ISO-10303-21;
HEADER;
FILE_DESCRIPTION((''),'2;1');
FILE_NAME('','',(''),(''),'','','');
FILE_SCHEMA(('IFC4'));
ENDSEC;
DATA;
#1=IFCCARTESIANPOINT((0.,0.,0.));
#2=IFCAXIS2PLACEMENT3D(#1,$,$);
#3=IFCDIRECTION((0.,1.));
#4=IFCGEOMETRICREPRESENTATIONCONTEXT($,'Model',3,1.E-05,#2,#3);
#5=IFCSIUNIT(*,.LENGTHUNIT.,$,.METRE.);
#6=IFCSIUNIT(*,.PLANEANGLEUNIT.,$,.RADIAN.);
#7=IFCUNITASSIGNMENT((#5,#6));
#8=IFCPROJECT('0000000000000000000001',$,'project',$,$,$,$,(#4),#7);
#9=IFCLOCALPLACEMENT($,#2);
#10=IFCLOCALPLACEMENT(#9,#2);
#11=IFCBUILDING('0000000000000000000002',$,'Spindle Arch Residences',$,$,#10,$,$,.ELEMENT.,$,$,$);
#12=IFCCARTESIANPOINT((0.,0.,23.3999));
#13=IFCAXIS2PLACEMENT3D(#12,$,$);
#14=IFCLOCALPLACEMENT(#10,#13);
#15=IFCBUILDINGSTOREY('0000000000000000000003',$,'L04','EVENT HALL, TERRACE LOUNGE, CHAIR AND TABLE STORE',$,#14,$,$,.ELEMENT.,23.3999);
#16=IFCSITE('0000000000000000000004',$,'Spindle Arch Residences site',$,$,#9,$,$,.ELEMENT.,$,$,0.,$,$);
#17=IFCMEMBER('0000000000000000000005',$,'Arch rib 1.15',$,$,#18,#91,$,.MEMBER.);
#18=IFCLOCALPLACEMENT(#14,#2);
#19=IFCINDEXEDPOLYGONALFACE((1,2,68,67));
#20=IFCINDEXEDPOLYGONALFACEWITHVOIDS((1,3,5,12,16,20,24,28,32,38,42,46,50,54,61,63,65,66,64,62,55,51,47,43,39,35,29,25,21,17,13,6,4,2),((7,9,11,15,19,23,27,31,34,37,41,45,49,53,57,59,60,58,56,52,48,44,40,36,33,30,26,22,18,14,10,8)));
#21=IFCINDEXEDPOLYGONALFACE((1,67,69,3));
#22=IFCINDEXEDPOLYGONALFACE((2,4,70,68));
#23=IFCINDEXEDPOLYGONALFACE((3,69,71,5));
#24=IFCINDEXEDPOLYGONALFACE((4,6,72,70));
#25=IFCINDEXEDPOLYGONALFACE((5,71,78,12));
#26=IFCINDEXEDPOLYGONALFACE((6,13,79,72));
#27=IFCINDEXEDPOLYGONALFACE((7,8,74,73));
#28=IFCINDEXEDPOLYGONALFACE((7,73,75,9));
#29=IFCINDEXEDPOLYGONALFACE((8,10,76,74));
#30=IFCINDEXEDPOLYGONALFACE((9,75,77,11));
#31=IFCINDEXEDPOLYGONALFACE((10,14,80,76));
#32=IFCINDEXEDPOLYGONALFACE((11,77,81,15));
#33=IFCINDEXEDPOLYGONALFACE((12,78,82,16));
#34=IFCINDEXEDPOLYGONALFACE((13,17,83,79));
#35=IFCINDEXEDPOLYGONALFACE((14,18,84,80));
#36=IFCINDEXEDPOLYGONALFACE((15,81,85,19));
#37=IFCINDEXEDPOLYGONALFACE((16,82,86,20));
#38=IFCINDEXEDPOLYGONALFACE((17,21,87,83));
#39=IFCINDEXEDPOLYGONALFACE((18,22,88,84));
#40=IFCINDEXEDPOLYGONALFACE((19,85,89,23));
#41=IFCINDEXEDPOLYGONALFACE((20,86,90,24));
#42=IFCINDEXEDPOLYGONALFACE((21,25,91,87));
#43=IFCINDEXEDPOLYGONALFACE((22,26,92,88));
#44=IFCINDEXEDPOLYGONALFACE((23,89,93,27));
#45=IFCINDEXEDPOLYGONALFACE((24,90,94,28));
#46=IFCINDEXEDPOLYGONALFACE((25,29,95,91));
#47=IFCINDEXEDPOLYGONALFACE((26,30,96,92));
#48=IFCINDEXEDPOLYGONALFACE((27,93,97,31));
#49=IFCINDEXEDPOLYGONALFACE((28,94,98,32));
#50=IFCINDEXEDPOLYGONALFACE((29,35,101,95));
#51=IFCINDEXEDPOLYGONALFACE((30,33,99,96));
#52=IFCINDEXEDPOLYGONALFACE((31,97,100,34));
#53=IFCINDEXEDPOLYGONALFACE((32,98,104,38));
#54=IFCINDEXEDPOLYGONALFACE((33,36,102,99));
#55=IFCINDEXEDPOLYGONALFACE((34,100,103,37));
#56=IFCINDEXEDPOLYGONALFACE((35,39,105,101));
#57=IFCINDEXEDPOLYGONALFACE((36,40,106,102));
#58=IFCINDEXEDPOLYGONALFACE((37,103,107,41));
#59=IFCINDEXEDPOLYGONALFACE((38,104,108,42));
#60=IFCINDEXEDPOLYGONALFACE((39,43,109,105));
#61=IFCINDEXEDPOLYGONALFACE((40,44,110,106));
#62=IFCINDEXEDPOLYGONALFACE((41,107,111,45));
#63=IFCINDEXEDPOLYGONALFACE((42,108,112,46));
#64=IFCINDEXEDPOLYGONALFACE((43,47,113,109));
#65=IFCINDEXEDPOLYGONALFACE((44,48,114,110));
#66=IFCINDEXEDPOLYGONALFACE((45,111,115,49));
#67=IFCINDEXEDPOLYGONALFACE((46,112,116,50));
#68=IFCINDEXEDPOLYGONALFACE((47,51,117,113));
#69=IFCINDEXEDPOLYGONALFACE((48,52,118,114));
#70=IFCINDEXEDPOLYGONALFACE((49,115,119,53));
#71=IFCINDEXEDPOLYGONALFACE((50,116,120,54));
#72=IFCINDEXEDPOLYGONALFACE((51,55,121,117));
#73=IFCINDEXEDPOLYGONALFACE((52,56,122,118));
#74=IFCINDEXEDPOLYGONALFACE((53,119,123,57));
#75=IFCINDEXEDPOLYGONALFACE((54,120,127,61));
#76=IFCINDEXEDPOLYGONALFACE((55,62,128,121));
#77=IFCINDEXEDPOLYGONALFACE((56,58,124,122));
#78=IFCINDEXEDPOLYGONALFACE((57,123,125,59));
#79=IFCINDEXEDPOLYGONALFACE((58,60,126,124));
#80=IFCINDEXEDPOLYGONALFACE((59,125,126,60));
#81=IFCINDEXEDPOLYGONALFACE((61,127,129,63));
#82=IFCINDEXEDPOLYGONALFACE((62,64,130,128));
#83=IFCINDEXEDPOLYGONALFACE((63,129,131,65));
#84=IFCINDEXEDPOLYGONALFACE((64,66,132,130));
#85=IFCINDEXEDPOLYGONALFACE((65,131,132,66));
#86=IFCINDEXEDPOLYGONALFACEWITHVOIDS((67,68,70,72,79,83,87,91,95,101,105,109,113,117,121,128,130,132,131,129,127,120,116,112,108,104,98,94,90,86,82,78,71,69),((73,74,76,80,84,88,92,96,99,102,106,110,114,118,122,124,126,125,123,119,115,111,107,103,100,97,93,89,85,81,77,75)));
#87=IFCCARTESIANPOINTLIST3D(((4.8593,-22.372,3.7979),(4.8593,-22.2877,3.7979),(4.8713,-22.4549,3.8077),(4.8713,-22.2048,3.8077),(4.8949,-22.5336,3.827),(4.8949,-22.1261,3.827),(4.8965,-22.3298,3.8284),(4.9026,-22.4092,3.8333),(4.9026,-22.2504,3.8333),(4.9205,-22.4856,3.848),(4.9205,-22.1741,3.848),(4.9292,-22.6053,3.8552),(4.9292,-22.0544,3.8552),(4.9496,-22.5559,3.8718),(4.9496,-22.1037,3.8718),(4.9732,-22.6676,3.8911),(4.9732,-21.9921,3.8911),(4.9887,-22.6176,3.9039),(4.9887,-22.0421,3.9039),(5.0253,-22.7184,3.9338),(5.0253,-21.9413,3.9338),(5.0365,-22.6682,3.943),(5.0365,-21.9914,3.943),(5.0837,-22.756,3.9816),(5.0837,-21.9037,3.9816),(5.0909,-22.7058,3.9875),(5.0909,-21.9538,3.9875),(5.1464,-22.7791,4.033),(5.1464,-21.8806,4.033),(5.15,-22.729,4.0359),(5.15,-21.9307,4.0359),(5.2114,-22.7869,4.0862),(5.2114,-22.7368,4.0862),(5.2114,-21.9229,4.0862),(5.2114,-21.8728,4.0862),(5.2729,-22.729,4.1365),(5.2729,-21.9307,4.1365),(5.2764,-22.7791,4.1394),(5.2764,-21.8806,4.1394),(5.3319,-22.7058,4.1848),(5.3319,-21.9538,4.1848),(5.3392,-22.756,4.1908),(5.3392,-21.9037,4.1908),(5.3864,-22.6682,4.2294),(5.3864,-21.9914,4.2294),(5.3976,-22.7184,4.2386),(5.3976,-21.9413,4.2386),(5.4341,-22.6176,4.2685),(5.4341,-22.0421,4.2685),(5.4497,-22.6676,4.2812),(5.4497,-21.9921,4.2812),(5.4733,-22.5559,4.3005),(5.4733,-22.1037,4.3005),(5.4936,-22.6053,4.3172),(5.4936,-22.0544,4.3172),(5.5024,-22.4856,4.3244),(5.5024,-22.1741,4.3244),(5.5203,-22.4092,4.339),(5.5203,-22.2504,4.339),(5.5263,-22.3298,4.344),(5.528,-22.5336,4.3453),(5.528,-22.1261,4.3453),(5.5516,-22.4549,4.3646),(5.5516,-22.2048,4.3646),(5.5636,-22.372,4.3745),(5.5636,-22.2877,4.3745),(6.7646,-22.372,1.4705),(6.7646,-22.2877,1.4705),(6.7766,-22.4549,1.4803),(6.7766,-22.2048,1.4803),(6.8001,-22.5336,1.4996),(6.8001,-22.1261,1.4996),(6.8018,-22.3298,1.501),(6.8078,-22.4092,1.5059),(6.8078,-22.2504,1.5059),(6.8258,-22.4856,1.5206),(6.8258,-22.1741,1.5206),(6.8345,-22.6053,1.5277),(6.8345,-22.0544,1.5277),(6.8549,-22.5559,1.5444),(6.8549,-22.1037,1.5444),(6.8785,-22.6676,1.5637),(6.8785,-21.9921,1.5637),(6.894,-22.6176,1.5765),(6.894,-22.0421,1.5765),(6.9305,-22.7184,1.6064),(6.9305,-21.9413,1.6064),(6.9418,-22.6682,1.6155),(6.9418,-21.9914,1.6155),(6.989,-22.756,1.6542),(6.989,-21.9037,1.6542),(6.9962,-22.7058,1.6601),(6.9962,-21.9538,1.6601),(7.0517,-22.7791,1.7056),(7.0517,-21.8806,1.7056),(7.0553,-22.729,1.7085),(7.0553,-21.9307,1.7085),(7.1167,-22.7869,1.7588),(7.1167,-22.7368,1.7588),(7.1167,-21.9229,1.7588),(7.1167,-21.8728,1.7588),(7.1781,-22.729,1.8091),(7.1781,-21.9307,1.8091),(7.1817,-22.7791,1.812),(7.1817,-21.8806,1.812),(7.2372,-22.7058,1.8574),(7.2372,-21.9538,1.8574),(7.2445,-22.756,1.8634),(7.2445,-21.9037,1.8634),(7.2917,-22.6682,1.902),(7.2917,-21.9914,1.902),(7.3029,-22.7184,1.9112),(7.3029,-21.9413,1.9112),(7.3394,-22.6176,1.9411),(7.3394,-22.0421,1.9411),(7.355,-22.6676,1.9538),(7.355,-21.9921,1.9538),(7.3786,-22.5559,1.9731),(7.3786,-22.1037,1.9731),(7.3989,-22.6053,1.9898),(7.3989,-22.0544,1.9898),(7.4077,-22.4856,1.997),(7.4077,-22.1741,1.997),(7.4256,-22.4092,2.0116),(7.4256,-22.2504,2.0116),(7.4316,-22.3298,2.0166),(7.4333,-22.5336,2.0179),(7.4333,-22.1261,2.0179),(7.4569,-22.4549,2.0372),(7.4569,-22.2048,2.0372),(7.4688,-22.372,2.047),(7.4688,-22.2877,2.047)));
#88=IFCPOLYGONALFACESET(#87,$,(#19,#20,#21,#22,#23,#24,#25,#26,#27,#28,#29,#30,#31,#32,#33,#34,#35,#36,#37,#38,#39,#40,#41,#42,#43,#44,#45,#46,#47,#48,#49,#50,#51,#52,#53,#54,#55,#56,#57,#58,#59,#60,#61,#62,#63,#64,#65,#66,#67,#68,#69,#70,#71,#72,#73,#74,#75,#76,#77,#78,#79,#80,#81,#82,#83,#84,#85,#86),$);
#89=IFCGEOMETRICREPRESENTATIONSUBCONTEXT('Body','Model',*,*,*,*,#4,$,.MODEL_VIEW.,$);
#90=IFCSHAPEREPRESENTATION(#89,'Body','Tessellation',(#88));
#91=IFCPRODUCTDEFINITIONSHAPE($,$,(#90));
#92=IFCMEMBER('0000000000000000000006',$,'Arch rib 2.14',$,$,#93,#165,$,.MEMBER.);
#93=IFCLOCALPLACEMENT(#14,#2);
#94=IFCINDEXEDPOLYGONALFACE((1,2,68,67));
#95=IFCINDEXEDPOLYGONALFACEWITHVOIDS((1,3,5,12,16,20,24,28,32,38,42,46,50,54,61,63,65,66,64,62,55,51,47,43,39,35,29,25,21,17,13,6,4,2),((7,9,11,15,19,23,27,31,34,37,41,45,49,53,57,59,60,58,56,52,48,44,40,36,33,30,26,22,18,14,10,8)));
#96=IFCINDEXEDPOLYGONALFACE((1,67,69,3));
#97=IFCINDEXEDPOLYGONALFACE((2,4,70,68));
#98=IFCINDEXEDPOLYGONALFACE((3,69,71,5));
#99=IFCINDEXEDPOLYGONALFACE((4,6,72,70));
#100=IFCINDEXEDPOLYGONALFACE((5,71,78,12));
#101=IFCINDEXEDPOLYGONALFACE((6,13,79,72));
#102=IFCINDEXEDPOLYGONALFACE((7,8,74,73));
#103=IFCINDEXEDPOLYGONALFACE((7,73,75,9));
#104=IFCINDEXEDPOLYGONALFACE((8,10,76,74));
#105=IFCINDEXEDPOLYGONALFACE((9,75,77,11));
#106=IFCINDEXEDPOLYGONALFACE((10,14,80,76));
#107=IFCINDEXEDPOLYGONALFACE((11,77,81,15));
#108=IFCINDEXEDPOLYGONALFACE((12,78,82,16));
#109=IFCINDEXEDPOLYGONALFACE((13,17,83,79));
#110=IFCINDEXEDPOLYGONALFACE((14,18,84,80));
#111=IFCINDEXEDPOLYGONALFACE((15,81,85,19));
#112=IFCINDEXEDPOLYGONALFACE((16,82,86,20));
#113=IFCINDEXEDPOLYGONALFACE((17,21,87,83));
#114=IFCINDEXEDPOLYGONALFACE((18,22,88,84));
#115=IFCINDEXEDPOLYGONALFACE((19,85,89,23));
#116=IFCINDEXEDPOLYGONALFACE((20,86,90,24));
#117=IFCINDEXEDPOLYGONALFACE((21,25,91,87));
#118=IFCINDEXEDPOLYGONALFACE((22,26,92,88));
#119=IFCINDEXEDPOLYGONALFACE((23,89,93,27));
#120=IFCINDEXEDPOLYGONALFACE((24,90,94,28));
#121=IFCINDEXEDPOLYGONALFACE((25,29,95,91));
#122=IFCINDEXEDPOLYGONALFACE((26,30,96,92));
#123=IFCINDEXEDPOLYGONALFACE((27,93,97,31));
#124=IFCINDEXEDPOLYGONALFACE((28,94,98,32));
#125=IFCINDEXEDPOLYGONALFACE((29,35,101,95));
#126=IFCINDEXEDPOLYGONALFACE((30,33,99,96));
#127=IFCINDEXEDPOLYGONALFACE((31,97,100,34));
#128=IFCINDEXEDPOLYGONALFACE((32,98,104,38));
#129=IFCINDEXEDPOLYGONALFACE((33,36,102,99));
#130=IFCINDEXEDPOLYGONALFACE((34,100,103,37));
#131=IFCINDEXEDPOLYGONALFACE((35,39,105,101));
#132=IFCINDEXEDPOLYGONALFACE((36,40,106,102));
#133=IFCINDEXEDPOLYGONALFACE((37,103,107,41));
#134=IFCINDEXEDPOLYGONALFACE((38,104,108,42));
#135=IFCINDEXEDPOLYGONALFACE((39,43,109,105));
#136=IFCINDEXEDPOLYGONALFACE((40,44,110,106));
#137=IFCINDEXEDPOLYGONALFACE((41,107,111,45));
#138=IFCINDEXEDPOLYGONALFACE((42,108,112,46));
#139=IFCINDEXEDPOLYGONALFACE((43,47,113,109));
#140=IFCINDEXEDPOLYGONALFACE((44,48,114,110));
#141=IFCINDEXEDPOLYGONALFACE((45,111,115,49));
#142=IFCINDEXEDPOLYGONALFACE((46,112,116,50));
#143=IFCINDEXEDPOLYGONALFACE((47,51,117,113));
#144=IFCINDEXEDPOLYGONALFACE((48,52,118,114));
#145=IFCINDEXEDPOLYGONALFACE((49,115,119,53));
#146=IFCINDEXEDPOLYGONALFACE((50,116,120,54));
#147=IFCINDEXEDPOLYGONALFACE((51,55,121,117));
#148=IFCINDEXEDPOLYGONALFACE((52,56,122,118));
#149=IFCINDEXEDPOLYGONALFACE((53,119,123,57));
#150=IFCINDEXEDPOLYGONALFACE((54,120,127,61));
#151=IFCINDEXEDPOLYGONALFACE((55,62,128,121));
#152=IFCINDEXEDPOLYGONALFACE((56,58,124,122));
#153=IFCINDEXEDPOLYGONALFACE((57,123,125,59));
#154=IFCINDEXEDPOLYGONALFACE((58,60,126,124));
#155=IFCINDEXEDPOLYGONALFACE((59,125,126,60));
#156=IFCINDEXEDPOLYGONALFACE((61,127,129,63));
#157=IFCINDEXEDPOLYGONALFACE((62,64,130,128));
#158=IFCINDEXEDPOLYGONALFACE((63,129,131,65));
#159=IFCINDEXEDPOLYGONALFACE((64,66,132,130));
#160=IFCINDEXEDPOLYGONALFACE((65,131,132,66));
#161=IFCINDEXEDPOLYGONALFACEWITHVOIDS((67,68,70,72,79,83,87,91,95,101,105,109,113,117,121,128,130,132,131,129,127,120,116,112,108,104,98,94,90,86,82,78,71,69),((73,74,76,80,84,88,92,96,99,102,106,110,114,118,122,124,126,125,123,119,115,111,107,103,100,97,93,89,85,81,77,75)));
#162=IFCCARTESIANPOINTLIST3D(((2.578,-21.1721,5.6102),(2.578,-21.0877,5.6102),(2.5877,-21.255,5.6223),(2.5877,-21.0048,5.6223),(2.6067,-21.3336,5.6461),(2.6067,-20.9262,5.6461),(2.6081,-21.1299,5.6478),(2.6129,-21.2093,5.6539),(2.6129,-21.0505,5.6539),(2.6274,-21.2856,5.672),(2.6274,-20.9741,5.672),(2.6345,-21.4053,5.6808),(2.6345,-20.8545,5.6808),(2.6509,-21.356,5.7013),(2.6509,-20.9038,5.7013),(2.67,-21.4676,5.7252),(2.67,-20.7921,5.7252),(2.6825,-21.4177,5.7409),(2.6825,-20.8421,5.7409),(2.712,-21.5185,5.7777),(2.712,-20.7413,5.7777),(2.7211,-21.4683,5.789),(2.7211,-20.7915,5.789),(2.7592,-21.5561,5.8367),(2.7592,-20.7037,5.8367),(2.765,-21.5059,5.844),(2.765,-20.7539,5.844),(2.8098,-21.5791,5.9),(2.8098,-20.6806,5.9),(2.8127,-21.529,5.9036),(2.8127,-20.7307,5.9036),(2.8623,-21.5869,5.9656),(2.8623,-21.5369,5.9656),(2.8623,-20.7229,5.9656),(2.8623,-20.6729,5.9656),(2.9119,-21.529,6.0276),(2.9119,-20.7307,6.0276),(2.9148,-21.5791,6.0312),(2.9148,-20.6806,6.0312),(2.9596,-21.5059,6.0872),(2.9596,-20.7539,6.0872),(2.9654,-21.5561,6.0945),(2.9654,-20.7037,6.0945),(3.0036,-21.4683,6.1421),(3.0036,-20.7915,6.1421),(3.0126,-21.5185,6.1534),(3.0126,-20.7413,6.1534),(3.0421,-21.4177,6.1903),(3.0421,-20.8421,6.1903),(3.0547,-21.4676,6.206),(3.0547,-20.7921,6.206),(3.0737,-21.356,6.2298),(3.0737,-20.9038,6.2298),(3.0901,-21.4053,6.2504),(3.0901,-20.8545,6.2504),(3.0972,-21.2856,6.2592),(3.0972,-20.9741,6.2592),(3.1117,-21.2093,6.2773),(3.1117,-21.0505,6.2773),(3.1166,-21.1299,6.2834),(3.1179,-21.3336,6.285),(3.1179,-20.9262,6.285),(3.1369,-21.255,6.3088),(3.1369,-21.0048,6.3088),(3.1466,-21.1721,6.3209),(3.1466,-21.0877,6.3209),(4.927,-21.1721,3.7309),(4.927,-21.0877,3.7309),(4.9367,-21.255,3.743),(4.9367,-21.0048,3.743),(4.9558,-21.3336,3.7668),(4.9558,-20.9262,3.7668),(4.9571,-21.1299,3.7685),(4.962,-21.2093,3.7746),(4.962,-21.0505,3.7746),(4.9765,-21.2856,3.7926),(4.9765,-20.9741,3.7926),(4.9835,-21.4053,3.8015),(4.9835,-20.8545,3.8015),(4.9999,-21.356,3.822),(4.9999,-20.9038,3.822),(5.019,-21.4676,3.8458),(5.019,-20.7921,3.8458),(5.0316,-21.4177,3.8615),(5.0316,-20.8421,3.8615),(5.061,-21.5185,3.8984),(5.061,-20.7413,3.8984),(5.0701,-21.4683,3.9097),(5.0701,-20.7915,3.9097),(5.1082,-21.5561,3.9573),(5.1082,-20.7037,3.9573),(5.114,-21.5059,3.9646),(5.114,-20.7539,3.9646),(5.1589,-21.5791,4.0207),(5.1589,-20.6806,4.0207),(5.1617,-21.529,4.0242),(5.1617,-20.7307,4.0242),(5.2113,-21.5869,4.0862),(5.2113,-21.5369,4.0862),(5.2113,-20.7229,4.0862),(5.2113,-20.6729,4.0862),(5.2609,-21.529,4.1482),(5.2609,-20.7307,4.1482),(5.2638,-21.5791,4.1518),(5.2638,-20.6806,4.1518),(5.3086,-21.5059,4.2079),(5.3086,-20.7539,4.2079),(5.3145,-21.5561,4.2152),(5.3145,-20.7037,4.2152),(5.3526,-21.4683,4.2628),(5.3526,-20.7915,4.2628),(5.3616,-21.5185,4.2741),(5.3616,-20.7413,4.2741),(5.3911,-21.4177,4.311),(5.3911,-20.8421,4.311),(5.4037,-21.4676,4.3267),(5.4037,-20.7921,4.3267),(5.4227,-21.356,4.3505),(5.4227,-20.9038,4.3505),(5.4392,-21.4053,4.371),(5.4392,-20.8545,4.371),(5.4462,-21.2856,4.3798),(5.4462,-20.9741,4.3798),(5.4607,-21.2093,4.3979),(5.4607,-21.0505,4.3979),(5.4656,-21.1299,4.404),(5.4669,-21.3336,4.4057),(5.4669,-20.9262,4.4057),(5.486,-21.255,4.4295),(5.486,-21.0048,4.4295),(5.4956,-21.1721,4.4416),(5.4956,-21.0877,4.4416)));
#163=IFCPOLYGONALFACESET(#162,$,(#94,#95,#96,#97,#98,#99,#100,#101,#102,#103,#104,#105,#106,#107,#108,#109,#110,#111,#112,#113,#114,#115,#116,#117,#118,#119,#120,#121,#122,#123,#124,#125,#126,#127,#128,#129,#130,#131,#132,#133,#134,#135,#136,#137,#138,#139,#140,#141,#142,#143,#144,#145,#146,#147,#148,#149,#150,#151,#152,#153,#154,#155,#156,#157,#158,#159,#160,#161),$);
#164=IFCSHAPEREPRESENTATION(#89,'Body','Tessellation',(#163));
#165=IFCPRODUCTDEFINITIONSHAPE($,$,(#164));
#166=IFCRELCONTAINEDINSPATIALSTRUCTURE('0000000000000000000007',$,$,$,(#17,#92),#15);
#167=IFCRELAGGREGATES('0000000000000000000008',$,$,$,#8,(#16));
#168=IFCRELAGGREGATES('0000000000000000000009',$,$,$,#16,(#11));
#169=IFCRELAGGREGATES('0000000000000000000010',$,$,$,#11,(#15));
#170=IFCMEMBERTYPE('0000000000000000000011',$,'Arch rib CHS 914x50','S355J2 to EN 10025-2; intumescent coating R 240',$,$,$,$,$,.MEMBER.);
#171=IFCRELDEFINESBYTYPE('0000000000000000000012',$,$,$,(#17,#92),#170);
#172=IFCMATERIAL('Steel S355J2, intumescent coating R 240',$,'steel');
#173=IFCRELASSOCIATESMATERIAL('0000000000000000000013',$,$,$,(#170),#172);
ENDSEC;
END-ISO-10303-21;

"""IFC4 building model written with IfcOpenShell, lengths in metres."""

from ifc_helpers import new_model, si_unit, direction, frame, origin, origin_2d, place, context, subcontext, project, spatial, hollow_circle, extrude, material, material_profile, profile_set, type_object, element, save


model = new_model("IFC4")

# Units and contexts
model_context = context("Model", 3, precision=1e-05, world=origin(), true_north=direction((0.0, 1.0)))
body_context = subcontext(model_context, "Body", "Model", "MODEL_VIEW")
ifc_project = project(units=[si_unit("LENGTHUNIT", "METRE"), si_unit("PLANEANGLEUNIT", "RADIAN")], contexts=[model_context])

# Site, building, storey
site_placement = place(None, origin())
site = spatial("IfcSite", under=ifc_project, at=site_placement, Name="Spindle Arch Residences site", CompositionType="ELEMENT", RefElevation=0.0)
building_placement = place(site_placement, origin())
building = spatial("IfcBuilding", under=site, at=building_placement, Name="Spindle Arch Residences", CompositionType="ELEMENT")
storey_placement = place(building_placement, frame((0.0, 0.0, 23.3999)))
storey = spatial("IfcBuildingStorey", under=building, at=storey_placement, Name="L04", Description="EVENT HALL, TERRACE LOUNGE, CHAIR AND TABLE STORE", CompositionType="ELEMENT", Elevation=23.3999)

# Members
ifc_material_1 = material(Name="Steel S355J2, intumescent coating R 240", Category="steel")
ifc_material_profile_1 = material_profile(ifc_material_1, hollow_circle(Radius=0.457, WallThickness=0.05, at=origin_2d()), Name="CHS 914x50")
ifc_profile_set_1 = profile_set([ifc_material_profile_1], Name="Steel S355J2, intumescent coating R 240")
member_type_1 = type_object("IfcMemberType", Name="Arch rib CHS 914x50", Description="S355J2 to EN 10025-2; intumescent coating R 240", PredefinedType="MEMBER", material=ifc_profile_set_1)
member_1_placement = place(storey_placement, frame((5.2114, -22.3298, 4.0862), z_axis=(0.633446, 0.0, -0.773787), x_axis=(0.0, 1.0, 0.0)))
element("IfcMember", 1, at=member_1_placement, inside=storey, type_object=member_type_1, Name="Arch rib 1.15", PredefinedType="MEMBER", context=body_context, shape_type="SweptSolid", body=[
    extrude(hollow_circle(Radius=0.457, WallThickness=0.05, at=origin_2d()), origin(), (0.0, 0.0, 1.0), 3.0078),
])
member_2_placement = place(storey_placement, frame((2.8623, -21.1299, 5.9656), z_axis=(0.780853, 0.0, -0.624715), x_axis=(0.0, 1.0, 0.0)))
element("IfcMember", 2, at=member_2_placement, inside=storey, type_object=member_type_1, Name="Arch rib 2.14", PredefinedType="MEMBER", context=body_context, shape_type="SweptSolid", body=[
    extrude(hollow_circle(Radius=0.457, WallThickness=0.05, at=origin_2d()), origin(), (0.0, 0.0, 1.0), 3.0083),
])

save(model, "model.ifc")
